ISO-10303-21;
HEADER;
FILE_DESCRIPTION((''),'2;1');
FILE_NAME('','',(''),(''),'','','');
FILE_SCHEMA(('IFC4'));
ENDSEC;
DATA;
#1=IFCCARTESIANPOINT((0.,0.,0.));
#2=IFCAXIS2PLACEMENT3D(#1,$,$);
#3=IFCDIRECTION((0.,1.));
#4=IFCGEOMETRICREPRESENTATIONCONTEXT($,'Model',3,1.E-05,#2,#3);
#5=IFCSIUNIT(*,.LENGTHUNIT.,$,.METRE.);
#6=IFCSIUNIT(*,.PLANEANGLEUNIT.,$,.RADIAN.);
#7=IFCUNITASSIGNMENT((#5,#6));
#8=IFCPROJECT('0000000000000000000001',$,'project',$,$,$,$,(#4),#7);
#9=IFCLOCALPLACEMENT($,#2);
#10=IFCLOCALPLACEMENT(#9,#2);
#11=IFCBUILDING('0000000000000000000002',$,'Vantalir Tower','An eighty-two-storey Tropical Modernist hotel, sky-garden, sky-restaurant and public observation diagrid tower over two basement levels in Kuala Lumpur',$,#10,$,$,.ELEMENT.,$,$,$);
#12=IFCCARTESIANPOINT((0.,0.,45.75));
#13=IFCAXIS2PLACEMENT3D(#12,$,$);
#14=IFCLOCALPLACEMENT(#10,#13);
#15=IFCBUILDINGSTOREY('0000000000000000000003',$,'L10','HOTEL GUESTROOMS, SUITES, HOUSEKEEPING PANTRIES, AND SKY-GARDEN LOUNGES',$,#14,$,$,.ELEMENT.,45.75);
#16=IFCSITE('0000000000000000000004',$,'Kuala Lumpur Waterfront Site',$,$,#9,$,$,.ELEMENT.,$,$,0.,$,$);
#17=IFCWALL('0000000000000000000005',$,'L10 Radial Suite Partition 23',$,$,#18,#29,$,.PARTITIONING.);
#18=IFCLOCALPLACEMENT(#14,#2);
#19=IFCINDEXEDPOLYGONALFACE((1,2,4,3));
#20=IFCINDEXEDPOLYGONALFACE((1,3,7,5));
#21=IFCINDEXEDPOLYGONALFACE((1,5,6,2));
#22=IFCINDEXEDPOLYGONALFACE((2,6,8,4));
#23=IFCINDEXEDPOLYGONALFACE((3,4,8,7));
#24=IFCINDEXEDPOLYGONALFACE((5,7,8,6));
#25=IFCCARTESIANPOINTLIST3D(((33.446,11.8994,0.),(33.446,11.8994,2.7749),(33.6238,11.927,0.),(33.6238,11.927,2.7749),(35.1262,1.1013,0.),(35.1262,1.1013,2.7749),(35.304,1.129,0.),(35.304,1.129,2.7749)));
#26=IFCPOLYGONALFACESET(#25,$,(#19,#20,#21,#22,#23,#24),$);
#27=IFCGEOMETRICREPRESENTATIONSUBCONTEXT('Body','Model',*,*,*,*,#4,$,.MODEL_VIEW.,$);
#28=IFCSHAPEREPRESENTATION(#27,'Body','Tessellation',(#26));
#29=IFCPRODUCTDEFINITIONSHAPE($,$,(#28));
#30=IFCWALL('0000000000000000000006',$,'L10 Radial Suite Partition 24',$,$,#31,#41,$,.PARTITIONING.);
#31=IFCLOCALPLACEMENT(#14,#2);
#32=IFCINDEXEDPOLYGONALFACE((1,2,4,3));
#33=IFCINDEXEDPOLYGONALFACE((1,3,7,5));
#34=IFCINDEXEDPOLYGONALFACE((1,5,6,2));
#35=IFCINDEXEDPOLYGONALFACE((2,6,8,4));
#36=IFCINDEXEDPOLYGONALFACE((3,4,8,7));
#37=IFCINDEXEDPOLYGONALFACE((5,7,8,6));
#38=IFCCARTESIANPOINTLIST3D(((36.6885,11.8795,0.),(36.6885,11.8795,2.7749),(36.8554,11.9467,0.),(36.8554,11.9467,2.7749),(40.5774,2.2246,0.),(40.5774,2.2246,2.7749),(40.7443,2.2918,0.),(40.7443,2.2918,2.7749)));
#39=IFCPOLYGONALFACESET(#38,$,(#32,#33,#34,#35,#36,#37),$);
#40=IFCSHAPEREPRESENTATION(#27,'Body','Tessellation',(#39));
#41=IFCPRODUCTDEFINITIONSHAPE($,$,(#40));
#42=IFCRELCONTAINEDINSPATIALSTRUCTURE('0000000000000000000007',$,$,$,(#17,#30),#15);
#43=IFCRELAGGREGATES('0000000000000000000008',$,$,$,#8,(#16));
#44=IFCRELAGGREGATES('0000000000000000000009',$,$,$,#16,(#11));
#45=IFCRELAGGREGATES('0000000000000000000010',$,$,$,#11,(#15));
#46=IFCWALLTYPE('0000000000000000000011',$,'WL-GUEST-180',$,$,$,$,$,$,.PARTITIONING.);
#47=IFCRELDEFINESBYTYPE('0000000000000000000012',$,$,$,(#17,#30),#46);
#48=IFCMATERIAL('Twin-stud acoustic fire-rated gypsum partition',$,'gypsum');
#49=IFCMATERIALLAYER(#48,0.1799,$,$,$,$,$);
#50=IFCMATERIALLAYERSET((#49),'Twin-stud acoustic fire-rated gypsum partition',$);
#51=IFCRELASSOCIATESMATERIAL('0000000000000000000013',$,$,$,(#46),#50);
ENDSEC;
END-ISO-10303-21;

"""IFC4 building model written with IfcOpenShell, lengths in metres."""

from ifc_helpers import new_model, si_unit, direction, frame, frame_2d, origin, place, context, subcontext, project, spatial, rectangle, extrude, material, layer, layer_set, type_object, element, save


model = new_model("IFC4")

# Units and contexts
model_context = context("Model", 3, precision=1e-05, world=origin(), true_north=direction((0.0, 1.0)))
body_context = subcontext(model_context, "Body", "Model", "MODEL_VIEW")
ifc_project = project(units=[si_unit("LENGTHUNIT", "METRE"), si_unit("PLANEANGLEUNIT", "RADIAN")], contexts=[model_context])

# Site, building, storey
site_placement = place(None, origin())
site = spatial("IfcSite", under=ifc_project, at=site_placement, Name="Kuala Lumpur Waterfront Site", CompositionType="ELEMENT", RefElevation=0.0)
building_placement = place(site_placement, origin())
building = spatial("IfcBuilding", under=site, at=building_placement, Name="Vantalir Tower", Description="An eighty-two-storey Tropical Modernist hotel, sky-garden, sky-restaurant and public observation diagrid tower over two basement levels in Kuala Lumpur", CompositionType="ELEMENT")
storey_placement = place(building_placement, frame((0.0, 0.0, 45.75)))
storey = spatial("IfcBuildingStorey", under=building, at=storey_placement, Name="L10", Description="HOTEL GUESTROOMS, SUITES, HOUSEKEEPING PANTRIES, AND SKY-GARDEN LOUNGES", CompositionType="ELEMENT", Elevation=45.75)

# Walls
ifc_material_1 = material(Name="Twin-stud acoustic fire-rated gypsum partition", Category="gypsum")
ifc_layer_1 = layer(ifc_material_1, 0.1799)
ifc_layer_set_1 = layer_set([ifc_layer_1], Name="Twin-stud acoustic fire-rated gypsum partition")
wall_type_1 = type_object("IfcWallType", Name="WL-GUEST-180", PredefinedType="PARTITIONING", material=ifc_layer_set_1)
wall_1_placement = place(storey_placement, frame((33.5349, 11.9131, 0.0), z_axis=(0.0, 0.0, 1.0), x_axis=(0.153749, -0.98811, 0.0)))
element("IfcWall", 1, at=wall_1_placement, inside=storey, type_object=wall_type_1, Name="L10 Radial Suite Partition 23", PredefinedType="PARTITIONING", context=body_context, shape_type="SweptSolid", body=[
    extrude(rectangle(XDim=10.928, YDim=0.1799, at=frame_2d((5.4639, 0.0))), origin(), (0.0, 0.0, 1.0), 2.7749),
])
wall_2_placement = place(storey_placement, frame((36.772, 11.9131, 0.0), z_axis=(0.0, 0.0, 1.0), x_axis=(0.373618, -0.927583, 0.0)))
element("IfcWall", 2, at=wall_2_placement, inside=storey, type_object=wall_type_1, Name="L10 Radial Suite Partition 24", PredefinedType="PARTITIONING", context=body_context, shape_type="SweptSolid", body=[
    extrude(rectangle(XDim=10.4087, YDim=0.1799, at=frame_2d((5.2043, 0.0))), origin(), (0.0, 0.0, 1.0), 2.7749),
])

save(model, "model.ifc")
